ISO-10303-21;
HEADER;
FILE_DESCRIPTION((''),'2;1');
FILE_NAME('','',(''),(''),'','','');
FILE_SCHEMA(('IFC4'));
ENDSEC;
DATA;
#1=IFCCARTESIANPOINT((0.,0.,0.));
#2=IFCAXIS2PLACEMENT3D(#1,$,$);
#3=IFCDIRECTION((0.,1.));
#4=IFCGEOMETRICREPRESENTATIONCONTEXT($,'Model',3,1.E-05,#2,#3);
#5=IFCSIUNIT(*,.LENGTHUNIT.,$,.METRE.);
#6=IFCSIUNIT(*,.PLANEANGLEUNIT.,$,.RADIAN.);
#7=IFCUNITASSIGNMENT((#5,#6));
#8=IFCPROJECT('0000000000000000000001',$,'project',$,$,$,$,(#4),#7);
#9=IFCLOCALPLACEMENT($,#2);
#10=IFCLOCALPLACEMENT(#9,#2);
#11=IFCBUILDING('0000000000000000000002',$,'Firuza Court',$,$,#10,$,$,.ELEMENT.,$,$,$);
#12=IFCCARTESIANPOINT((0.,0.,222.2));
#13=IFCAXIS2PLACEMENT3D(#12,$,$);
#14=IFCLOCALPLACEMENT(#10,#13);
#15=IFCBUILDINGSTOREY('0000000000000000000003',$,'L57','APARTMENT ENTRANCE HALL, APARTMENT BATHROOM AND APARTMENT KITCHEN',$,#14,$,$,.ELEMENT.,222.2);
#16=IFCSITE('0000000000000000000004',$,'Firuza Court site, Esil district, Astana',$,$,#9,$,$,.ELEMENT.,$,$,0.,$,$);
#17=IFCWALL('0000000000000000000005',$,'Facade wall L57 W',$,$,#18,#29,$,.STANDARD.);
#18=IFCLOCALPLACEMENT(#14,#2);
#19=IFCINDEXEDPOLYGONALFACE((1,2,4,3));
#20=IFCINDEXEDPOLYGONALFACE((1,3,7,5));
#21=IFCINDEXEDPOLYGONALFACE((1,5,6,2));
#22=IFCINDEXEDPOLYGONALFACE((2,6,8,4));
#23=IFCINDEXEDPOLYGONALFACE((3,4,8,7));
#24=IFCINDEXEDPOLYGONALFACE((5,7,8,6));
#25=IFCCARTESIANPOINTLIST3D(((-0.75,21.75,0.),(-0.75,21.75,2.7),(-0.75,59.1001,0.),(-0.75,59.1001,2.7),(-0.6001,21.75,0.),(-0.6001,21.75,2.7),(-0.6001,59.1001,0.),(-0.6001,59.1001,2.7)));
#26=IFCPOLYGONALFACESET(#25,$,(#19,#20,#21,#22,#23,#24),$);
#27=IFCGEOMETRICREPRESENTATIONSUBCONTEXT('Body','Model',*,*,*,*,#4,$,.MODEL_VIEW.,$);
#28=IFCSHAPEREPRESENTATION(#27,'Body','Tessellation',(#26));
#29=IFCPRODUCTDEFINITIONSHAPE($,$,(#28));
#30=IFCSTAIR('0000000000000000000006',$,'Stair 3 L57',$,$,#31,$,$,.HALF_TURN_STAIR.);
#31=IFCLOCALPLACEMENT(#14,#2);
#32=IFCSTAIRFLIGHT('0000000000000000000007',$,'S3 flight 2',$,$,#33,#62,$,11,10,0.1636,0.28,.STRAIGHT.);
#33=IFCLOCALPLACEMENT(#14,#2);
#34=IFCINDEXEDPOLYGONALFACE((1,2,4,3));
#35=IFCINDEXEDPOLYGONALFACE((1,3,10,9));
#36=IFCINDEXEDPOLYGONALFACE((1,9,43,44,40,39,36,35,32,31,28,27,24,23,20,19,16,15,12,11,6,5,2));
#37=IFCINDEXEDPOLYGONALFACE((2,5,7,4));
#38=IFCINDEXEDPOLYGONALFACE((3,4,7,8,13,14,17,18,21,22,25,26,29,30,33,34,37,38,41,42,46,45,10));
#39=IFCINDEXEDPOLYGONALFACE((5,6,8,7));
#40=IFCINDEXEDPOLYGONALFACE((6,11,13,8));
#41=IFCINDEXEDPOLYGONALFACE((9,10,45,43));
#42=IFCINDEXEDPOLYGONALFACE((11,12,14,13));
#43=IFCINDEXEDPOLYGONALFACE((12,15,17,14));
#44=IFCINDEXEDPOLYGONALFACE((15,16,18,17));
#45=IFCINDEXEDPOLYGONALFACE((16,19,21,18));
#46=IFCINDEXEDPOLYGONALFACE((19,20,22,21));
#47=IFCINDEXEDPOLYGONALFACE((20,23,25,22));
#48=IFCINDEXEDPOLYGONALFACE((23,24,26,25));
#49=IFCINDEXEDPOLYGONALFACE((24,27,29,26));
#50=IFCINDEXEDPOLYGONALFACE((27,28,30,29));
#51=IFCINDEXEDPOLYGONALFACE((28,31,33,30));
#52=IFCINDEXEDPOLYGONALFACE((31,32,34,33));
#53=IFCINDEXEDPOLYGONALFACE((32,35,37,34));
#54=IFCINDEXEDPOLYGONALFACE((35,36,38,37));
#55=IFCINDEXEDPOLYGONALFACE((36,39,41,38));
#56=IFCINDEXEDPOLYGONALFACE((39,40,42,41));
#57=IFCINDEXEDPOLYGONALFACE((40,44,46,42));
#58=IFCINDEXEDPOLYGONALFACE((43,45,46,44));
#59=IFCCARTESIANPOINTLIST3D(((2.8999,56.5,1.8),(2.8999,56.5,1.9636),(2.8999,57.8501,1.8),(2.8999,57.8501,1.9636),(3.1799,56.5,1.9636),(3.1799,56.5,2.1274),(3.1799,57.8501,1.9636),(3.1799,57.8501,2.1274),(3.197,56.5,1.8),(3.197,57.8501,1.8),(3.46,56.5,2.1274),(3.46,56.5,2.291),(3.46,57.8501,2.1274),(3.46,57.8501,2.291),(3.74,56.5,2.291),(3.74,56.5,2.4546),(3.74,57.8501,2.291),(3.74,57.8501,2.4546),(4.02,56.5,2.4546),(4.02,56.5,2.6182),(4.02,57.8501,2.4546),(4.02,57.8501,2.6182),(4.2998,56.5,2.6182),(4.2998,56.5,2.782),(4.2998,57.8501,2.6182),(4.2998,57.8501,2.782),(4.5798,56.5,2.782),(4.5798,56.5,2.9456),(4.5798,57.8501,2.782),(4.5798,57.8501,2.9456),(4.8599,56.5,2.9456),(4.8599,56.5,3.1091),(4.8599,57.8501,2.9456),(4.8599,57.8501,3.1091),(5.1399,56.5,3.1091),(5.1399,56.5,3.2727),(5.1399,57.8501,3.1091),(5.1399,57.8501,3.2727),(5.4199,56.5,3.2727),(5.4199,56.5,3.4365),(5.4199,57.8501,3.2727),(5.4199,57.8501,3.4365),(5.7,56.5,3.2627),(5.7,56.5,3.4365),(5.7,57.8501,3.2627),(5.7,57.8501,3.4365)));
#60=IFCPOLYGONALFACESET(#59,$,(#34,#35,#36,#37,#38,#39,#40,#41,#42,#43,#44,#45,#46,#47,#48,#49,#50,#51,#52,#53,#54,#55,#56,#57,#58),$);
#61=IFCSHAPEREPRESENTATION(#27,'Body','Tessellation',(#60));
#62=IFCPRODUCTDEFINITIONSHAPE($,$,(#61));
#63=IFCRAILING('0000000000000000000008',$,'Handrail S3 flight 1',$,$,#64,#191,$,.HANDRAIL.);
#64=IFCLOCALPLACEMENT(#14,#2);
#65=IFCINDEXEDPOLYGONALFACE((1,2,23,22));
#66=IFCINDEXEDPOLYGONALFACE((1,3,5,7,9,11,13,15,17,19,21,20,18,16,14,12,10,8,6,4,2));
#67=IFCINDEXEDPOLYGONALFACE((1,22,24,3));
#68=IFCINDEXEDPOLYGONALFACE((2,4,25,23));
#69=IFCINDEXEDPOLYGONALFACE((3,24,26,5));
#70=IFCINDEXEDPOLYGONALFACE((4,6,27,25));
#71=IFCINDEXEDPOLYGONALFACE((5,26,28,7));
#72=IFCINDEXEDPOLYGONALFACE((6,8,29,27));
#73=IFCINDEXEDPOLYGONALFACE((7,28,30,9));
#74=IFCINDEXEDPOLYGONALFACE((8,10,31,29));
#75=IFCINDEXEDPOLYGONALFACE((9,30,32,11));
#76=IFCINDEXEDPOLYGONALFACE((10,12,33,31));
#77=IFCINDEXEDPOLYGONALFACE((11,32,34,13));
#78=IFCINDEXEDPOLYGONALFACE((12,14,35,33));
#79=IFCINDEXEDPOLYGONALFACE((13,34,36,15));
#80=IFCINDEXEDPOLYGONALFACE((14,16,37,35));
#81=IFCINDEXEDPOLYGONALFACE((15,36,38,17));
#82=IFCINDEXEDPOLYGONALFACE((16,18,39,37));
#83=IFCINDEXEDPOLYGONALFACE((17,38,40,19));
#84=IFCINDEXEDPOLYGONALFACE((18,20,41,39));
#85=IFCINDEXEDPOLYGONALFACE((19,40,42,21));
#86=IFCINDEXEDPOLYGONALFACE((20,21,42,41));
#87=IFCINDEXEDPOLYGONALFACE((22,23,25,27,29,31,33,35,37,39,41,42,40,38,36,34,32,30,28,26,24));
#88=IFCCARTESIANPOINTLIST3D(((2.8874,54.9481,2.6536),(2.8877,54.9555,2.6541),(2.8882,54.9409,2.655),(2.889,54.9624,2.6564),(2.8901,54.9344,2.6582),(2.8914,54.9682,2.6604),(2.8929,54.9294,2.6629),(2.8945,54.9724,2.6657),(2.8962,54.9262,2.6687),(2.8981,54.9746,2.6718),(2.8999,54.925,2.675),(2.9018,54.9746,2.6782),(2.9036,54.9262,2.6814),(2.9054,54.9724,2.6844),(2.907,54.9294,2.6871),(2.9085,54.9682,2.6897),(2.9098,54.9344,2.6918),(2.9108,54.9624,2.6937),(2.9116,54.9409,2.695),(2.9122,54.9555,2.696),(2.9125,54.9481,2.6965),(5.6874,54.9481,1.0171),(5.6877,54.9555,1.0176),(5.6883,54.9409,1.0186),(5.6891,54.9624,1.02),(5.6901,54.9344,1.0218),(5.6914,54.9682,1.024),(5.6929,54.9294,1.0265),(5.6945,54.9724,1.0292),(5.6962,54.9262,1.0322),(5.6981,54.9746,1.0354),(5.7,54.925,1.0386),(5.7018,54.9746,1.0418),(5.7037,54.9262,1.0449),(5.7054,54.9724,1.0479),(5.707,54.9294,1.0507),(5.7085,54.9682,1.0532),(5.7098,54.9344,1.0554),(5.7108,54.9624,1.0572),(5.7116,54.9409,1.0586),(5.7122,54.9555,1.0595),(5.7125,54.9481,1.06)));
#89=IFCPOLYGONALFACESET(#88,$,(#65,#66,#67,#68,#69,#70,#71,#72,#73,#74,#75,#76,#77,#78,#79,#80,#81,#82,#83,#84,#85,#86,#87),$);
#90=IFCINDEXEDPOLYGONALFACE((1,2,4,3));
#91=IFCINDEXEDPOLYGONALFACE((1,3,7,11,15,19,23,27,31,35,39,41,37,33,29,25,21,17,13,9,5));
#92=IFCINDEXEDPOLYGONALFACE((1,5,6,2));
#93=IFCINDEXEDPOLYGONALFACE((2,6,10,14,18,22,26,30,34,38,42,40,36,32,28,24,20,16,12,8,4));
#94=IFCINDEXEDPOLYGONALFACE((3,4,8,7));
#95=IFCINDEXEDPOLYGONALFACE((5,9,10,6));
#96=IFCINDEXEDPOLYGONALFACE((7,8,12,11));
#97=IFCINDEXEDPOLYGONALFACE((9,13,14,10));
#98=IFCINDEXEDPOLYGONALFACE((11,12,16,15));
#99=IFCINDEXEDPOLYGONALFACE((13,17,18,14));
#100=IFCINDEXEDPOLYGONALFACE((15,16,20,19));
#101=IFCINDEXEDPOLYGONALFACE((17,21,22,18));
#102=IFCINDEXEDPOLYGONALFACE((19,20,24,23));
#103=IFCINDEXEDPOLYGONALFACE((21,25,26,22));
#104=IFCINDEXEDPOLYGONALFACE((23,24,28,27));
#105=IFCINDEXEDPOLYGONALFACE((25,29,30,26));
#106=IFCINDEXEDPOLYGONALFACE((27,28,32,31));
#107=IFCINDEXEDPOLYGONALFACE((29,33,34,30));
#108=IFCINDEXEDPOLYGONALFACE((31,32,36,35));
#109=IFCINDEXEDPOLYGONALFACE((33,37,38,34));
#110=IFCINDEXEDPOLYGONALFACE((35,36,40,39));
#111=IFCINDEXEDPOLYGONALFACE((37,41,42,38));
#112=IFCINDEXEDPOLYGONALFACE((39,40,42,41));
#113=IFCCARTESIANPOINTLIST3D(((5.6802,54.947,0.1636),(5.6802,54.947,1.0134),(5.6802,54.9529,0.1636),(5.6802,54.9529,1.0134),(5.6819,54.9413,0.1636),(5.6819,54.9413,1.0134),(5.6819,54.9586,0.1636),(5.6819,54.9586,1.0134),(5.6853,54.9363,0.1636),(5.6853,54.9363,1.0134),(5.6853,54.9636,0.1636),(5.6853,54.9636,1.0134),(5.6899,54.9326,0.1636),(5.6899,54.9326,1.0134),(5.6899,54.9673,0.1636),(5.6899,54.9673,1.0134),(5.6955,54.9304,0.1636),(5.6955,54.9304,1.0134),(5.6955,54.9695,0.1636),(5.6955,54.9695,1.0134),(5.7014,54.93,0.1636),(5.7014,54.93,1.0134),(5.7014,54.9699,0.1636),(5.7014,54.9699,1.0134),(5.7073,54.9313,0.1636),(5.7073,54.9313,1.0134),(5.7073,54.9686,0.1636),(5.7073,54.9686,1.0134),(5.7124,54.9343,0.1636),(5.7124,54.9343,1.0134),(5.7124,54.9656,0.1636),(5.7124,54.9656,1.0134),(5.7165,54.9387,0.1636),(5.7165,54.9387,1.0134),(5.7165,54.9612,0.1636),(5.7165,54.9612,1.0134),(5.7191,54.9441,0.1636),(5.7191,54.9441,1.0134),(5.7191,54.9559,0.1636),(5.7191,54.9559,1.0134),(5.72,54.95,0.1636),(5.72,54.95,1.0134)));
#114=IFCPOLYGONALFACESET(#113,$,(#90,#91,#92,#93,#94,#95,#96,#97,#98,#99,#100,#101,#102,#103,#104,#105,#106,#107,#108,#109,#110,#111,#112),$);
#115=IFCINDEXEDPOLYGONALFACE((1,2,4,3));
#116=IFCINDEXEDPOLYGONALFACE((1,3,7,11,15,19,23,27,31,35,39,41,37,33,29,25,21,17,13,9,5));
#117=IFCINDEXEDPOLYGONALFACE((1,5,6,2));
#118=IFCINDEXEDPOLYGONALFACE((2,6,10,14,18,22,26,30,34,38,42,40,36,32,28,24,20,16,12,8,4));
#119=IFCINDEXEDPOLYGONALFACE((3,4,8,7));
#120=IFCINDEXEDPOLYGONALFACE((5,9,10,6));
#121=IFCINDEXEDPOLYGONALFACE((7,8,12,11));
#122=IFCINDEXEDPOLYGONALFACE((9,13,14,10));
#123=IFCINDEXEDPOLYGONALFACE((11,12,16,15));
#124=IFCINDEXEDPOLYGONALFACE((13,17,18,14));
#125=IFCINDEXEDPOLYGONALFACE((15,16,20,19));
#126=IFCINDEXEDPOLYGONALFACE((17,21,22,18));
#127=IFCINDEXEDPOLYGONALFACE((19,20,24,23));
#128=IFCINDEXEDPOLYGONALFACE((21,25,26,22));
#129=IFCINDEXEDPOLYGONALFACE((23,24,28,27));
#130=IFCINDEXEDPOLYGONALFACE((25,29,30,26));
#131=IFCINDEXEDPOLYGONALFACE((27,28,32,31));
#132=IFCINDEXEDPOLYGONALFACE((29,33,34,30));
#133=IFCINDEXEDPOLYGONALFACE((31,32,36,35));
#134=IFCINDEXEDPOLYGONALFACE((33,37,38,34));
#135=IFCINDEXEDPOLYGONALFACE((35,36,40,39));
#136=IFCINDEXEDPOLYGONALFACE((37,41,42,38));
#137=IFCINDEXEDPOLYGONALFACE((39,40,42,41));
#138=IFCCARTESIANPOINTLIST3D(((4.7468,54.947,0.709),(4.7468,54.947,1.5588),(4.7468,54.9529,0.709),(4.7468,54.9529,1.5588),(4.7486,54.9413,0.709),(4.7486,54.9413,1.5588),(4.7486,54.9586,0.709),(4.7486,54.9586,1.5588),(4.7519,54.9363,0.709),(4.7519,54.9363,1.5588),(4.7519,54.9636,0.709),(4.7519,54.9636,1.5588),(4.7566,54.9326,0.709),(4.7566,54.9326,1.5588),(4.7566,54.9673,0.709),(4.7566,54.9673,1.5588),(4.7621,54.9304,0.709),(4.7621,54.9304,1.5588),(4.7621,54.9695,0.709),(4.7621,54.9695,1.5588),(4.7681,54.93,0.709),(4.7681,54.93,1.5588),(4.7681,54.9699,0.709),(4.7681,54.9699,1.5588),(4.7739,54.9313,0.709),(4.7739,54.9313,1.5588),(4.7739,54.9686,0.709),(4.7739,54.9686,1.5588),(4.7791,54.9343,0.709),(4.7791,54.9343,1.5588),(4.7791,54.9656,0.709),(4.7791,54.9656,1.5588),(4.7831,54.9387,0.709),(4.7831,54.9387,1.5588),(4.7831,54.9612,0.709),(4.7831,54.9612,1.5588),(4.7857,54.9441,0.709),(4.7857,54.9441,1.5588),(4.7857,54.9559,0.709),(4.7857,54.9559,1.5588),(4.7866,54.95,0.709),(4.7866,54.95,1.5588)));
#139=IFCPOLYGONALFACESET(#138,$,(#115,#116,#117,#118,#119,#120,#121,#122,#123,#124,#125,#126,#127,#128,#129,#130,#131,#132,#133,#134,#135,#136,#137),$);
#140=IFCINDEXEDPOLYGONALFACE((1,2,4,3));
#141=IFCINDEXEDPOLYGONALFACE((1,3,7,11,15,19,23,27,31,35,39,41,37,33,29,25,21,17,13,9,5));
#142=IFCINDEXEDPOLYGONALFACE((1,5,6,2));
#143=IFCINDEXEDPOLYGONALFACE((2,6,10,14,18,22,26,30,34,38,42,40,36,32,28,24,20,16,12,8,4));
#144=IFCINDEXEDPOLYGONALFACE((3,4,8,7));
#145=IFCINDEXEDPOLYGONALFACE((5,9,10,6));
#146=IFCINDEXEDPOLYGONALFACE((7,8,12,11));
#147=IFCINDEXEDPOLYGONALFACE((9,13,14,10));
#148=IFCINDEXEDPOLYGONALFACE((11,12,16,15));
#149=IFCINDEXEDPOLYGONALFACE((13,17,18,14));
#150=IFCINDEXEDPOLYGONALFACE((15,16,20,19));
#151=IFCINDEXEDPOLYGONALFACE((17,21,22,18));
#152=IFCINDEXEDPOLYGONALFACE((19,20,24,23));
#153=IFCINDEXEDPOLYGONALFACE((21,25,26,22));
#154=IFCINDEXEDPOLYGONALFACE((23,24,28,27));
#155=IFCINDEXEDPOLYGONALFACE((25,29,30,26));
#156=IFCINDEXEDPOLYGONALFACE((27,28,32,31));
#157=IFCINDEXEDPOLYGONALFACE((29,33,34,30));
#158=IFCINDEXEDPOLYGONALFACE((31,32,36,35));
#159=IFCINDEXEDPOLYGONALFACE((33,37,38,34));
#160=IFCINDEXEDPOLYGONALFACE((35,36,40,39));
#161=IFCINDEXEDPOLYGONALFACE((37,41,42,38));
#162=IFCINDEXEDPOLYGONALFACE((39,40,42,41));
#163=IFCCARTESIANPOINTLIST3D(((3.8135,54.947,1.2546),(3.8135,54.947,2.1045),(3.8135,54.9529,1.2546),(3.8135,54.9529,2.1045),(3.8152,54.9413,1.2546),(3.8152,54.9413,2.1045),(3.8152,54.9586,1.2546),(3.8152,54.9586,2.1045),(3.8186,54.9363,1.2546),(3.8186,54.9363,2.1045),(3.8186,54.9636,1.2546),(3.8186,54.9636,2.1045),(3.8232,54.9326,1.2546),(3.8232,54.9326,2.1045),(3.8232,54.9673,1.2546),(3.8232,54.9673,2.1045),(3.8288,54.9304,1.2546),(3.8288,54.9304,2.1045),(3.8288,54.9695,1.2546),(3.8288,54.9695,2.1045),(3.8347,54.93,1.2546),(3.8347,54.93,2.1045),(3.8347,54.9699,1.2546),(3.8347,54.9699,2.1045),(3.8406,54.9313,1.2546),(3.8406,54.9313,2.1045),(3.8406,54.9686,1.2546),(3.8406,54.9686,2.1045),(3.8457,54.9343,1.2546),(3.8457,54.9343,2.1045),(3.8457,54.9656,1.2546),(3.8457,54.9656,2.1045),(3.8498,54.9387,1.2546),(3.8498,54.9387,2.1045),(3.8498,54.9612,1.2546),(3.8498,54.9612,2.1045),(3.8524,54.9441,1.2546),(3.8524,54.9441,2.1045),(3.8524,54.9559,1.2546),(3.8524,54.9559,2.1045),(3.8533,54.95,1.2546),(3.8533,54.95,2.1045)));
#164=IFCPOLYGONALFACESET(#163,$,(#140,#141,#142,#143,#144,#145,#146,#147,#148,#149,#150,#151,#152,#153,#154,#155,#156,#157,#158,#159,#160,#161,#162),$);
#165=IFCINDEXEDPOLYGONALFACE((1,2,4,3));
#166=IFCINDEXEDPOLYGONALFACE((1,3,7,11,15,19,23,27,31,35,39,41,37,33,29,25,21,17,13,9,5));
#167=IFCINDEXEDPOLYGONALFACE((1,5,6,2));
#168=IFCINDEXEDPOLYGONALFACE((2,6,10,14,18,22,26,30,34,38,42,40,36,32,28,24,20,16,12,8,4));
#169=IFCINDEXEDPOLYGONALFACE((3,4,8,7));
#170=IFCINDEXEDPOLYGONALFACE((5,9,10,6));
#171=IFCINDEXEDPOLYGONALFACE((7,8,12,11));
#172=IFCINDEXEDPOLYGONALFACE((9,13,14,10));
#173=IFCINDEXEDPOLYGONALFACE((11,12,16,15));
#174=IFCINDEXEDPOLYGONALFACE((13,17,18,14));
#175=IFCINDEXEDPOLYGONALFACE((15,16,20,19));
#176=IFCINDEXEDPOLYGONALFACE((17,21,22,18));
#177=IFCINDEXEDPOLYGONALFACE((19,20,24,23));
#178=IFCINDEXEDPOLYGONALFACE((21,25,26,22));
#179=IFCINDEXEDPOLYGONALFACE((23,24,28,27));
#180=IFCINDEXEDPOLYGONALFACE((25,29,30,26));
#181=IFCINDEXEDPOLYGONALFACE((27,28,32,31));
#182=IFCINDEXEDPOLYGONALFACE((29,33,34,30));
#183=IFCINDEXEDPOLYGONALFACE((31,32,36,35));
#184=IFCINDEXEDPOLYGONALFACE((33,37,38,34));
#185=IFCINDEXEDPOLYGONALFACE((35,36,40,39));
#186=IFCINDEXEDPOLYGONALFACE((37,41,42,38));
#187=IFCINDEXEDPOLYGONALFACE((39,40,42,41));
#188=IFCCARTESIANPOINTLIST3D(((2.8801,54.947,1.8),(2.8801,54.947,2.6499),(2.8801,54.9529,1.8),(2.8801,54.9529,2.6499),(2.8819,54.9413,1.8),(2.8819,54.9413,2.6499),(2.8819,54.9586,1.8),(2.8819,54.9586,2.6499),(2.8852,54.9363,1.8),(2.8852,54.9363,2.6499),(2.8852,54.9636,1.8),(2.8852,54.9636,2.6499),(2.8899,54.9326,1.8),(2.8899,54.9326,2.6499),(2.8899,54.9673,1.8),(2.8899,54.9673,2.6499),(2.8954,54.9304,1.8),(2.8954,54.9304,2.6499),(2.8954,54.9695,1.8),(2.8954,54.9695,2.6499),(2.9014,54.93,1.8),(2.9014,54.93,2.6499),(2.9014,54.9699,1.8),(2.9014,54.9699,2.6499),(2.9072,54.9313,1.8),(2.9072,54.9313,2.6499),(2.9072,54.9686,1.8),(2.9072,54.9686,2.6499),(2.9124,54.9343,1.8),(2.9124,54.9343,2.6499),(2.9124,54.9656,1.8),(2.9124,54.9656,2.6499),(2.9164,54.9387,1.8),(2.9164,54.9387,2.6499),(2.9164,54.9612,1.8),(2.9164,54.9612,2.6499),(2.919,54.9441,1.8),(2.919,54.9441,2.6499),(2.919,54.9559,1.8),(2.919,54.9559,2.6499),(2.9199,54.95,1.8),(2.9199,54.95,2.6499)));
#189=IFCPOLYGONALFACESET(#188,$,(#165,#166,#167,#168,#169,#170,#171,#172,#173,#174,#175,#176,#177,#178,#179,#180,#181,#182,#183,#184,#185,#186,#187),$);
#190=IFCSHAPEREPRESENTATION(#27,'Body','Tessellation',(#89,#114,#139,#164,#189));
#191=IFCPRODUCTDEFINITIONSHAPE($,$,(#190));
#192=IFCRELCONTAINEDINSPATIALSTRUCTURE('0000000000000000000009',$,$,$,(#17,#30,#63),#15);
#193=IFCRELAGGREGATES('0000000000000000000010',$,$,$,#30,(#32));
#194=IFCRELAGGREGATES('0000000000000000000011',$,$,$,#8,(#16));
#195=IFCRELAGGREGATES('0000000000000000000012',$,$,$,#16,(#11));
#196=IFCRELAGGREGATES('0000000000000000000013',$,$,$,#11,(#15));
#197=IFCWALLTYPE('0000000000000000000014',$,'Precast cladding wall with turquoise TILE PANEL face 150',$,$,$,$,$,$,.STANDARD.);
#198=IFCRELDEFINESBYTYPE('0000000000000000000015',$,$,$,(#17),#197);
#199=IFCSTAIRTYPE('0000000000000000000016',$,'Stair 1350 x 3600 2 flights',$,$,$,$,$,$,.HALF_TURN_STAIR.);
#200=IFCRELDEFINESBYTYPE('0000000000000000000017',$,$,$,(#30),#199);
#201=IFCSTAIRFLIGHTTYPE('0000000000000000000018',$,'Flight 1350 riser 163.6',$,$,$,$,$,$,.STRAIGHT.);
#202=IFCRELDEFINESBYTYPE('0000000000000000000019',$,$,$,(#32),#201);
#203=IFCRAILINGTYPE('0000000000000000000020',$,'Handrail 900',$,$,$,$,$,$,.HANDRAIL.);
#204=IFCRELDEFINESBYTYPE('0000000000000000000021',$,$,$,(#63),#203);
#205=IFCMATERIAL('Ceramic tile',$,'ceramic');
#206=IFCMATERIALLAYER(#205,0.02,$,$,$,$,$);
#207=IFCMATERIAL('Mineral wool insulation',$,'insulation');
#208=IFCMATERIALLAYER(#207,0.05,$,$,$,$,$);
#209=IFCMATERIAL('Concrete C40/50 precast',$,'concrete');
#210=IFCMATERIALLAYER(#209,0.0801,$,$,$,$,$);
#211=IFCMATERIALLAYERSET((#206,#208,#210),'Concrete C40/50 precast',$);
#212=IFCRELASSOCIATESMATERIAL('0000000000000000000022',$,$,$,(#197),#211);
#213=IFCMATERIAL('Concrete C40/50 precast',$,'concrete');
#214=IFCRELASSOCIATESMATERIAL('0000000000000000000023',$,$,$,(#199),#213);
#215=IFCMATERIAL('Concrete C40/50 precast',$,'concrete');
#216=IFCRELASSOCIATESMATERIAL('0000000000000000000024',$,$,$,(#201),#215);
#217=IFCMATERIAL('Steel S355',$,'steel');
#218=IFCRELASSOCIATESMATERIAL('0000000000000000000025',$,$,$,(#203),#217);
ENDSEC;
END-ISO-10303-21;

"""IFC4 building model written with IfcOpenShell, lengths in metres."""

from ifc_helpers import new_model, si_unit, direction, frame, frame_2d, origin, origin_2d, place, context, subcontext, project, spatial, polyline, rectangle, circle, outline, extrude, material, layer, layer_set, type_object, element, aggregate, save


model = new_model("IFC4")

# Units and contexts
model_context = context("Model", 3, precision=1e-05, world=origin(), true_north=direction((0.0, 1.0)))
body_context = subcontext(model_context, "Body", "Model", "MODEL_VIEW")
ifc_project = project(units=[si_unit("LENGTHUNIT", "METRE"), si_unit("PLANEANGLEUNIT", "RADIAN")], contexts=[model_context])

# Site, building, storey
site_placement = place(None, origin())
site = spatial("IfcSite", under=ifc_project, at=site_placement, Name="Firuza Court site, Esil district, Astana", CompositionType="ELEMENT", RefElevation=0.0)
building_placement = place(site_placement, origin())
building = spatial("IfcBuilding", under=site, at=building_placement, Name="Firuza Court", CompositionType="ELEMENT")
storey_placement = place(building_placement, frame((0.0, 0.0, 222.2)))
storey = spatial("IfcBuildingStorey", under=building, at=storey_placement, Name="L57", Description="APARTMENT ENTRANCE HALL, APARTMENT BATHROOM AND APARTMENT KITCHEN", CompositionType="ELEMENT", Elevation=222.2)

# Wall
ifc_material_1 = material(Name="Ceramic tile", Category="ceramic")
ifc_layer_1 = layer(ifc_material_1, 0.02)
ifc_material_2 = material(Name="Mineral wool insulation", Category="insulation")
ifc_layer_2 = layer(ifc_material_2, 0.05)
ifc_material_3 = material(Name="Concrete C40/50 precast", Category="concrete")
ifc_layer_3 = layer(ifc_material_3, 0.0801)
ifc_layer_set_1 = layer_set([ifc_layer_1, ifc_layer_2, ifc_layer_3], Name="Concrete C40/50 precast")
wall_type_1 = type_object("IfcWallType", Name="Precast cladding wall with turquoise TILE PANEL face 150", PredefinedType="STANDARD", material=ifc_layer_set_1)
wall_1_placement = place(storey_placement, frame((-0.675, 59.1001, 0.0), z_axis=(0.0, 0.0, 1.0), x_axis=(0.0, -1.0, 0.0)))
element("IfcWall", 1, at=wall_1_placement, inside=storey, type_object=wall_type_1, Name="Facade wall L57 W", PredefinedType="STANDARD", context=body_context, shape_type="SweptSolid", body=[
    extrude(rectangle(XDim=37.3501, YDim=0.1499, at=frame_2d((18.675, 0.0))), origin(), (0.0, 0.0, 1.0), 2.7),
])

# Stair, stair flight
ifc_material_4 = material(Name="Concrete C40/50 precast", Category="concrete")
stair_type = type_object("IfcStairType", Name="Stair 1350 x 3600 2 flights", PredefinedType="HALF_TURN_STAIR", material=ifc_material_4)
stair_placement = place(storey_placement, origin())
stair = element("IfcStair", 2, at=stair_placement, inside=storey, type_object=stair_type, Name="Stair 3 L57", PredefinedType="HALF_TURN_STAIR")
ifc_material_5 = material(Name="Concrete C40/50 precast", Category="concrete")
stair_flight_type = type_object("IfcStairFlightType", Name="Flight 1350 riser 163.6", PredefinedType="STRAIGHT", material=ifc_material_5)
stair_flight_placement = place(storey_placement, frame((2.8999, 57.175, 1.8), z_axis=(0.0, 0.0, 1.0), x_axis=(1.0, 0.0, 0.0)))
stair_flight = element("IfcStairFlight", 3, at=stair_flight_placement, type_object=stair_flight_type, Name="S3 flight 2", NumberOfRisers=11, NumberOfTreads=10, PredefinedType="STRAIGHT", RiserHeight=0.1636, TreadLength=0.28, context=body_context, shape_type="SweptSolid", body=[
    extrude(outline(polyline([(0.0, 0.0), (0.0, 0.1636), (0.28, 0.1636), (0.28, 0.3274), (0.5601, 0.3274), (0.5601, 0.491), (0.8401, 0.491), (0.8401, 0.6545), (1.1201, 0.6545), (1.1201, 0.8181), (1.3999, 0.8181), (1.3999, 0.9819), (1.6799, 0.9819), (1.6799, 1.1455), (1.96, 1.1455), (1.96, 1.3091), (2.24, 1.3091), (2.24, 1.4727), (2.52, 1.4727), (2.52, 1.6365), (2.8, 1.6365), (2.8, 1.8), (2.8, 1.4626), (0.2971, 0.0), (0.0, 0.0)])), frame((0.0, 0.675, 0.0), z_axis=(0.0, -1.0, 0.0), x_axis=(1.0, 0.0, 0.0)), (0.0, 0.0, 1.0), 1.3501),
])
aggregate(stair, [stair_flight])

# Railing
ifc_material_6 = material(Name="Steel S355", Category="steel")
railing_type_1 = type_object("IfcRailingType", Name="Handrail 900", PredefinedType="HANDRAIL", material=ifc_material_6)
railing_1_placement = place(storey_placement, frame((5.7, 54.95, 0.1636)))
element("IfcRailing", 4, at=railing_1_placement, inside=storey, type_object=railing_type_1, Name="Handrail S3 flight 1", PredefinedType="HANDRAIL", context=body_context, shape_type="SweptSolid", body=[
    extrude(circle(Radius=0.0249, at=origin_2d()), frame((0.0, 0.0, 0.875), z_axis=(-0.863361, 0.0, 0.504587), x_axis=(0.0, -1.0, 0.0)), (0.0, 0.0, 1.0), 3.2432),
    extrude(circle(Radius=0.02, at=origin_2d()), origin(), (0.0, 0.0, 1.0), 0.8499),
    extrude(circle(Radius=0.02, at=origin_2d()), frame((-0.9333, 0.0, 0.5454)), (0.0, 0.0, 1.0), 0.8499),
    extrude(circle(Radius=0.02, at=origin_2d()), frame((-1.8667, 0.0, 1.0911)), (0.0, 0.0, 1.0), 0.8499),
    extrude(circle(Radius=0.02, at=origin_2d()), frame((-2.8, 0.0, 1.6365)), (0.0, 0.0, 1.0), 0.8499),
])

save(model, "model.ifc")
